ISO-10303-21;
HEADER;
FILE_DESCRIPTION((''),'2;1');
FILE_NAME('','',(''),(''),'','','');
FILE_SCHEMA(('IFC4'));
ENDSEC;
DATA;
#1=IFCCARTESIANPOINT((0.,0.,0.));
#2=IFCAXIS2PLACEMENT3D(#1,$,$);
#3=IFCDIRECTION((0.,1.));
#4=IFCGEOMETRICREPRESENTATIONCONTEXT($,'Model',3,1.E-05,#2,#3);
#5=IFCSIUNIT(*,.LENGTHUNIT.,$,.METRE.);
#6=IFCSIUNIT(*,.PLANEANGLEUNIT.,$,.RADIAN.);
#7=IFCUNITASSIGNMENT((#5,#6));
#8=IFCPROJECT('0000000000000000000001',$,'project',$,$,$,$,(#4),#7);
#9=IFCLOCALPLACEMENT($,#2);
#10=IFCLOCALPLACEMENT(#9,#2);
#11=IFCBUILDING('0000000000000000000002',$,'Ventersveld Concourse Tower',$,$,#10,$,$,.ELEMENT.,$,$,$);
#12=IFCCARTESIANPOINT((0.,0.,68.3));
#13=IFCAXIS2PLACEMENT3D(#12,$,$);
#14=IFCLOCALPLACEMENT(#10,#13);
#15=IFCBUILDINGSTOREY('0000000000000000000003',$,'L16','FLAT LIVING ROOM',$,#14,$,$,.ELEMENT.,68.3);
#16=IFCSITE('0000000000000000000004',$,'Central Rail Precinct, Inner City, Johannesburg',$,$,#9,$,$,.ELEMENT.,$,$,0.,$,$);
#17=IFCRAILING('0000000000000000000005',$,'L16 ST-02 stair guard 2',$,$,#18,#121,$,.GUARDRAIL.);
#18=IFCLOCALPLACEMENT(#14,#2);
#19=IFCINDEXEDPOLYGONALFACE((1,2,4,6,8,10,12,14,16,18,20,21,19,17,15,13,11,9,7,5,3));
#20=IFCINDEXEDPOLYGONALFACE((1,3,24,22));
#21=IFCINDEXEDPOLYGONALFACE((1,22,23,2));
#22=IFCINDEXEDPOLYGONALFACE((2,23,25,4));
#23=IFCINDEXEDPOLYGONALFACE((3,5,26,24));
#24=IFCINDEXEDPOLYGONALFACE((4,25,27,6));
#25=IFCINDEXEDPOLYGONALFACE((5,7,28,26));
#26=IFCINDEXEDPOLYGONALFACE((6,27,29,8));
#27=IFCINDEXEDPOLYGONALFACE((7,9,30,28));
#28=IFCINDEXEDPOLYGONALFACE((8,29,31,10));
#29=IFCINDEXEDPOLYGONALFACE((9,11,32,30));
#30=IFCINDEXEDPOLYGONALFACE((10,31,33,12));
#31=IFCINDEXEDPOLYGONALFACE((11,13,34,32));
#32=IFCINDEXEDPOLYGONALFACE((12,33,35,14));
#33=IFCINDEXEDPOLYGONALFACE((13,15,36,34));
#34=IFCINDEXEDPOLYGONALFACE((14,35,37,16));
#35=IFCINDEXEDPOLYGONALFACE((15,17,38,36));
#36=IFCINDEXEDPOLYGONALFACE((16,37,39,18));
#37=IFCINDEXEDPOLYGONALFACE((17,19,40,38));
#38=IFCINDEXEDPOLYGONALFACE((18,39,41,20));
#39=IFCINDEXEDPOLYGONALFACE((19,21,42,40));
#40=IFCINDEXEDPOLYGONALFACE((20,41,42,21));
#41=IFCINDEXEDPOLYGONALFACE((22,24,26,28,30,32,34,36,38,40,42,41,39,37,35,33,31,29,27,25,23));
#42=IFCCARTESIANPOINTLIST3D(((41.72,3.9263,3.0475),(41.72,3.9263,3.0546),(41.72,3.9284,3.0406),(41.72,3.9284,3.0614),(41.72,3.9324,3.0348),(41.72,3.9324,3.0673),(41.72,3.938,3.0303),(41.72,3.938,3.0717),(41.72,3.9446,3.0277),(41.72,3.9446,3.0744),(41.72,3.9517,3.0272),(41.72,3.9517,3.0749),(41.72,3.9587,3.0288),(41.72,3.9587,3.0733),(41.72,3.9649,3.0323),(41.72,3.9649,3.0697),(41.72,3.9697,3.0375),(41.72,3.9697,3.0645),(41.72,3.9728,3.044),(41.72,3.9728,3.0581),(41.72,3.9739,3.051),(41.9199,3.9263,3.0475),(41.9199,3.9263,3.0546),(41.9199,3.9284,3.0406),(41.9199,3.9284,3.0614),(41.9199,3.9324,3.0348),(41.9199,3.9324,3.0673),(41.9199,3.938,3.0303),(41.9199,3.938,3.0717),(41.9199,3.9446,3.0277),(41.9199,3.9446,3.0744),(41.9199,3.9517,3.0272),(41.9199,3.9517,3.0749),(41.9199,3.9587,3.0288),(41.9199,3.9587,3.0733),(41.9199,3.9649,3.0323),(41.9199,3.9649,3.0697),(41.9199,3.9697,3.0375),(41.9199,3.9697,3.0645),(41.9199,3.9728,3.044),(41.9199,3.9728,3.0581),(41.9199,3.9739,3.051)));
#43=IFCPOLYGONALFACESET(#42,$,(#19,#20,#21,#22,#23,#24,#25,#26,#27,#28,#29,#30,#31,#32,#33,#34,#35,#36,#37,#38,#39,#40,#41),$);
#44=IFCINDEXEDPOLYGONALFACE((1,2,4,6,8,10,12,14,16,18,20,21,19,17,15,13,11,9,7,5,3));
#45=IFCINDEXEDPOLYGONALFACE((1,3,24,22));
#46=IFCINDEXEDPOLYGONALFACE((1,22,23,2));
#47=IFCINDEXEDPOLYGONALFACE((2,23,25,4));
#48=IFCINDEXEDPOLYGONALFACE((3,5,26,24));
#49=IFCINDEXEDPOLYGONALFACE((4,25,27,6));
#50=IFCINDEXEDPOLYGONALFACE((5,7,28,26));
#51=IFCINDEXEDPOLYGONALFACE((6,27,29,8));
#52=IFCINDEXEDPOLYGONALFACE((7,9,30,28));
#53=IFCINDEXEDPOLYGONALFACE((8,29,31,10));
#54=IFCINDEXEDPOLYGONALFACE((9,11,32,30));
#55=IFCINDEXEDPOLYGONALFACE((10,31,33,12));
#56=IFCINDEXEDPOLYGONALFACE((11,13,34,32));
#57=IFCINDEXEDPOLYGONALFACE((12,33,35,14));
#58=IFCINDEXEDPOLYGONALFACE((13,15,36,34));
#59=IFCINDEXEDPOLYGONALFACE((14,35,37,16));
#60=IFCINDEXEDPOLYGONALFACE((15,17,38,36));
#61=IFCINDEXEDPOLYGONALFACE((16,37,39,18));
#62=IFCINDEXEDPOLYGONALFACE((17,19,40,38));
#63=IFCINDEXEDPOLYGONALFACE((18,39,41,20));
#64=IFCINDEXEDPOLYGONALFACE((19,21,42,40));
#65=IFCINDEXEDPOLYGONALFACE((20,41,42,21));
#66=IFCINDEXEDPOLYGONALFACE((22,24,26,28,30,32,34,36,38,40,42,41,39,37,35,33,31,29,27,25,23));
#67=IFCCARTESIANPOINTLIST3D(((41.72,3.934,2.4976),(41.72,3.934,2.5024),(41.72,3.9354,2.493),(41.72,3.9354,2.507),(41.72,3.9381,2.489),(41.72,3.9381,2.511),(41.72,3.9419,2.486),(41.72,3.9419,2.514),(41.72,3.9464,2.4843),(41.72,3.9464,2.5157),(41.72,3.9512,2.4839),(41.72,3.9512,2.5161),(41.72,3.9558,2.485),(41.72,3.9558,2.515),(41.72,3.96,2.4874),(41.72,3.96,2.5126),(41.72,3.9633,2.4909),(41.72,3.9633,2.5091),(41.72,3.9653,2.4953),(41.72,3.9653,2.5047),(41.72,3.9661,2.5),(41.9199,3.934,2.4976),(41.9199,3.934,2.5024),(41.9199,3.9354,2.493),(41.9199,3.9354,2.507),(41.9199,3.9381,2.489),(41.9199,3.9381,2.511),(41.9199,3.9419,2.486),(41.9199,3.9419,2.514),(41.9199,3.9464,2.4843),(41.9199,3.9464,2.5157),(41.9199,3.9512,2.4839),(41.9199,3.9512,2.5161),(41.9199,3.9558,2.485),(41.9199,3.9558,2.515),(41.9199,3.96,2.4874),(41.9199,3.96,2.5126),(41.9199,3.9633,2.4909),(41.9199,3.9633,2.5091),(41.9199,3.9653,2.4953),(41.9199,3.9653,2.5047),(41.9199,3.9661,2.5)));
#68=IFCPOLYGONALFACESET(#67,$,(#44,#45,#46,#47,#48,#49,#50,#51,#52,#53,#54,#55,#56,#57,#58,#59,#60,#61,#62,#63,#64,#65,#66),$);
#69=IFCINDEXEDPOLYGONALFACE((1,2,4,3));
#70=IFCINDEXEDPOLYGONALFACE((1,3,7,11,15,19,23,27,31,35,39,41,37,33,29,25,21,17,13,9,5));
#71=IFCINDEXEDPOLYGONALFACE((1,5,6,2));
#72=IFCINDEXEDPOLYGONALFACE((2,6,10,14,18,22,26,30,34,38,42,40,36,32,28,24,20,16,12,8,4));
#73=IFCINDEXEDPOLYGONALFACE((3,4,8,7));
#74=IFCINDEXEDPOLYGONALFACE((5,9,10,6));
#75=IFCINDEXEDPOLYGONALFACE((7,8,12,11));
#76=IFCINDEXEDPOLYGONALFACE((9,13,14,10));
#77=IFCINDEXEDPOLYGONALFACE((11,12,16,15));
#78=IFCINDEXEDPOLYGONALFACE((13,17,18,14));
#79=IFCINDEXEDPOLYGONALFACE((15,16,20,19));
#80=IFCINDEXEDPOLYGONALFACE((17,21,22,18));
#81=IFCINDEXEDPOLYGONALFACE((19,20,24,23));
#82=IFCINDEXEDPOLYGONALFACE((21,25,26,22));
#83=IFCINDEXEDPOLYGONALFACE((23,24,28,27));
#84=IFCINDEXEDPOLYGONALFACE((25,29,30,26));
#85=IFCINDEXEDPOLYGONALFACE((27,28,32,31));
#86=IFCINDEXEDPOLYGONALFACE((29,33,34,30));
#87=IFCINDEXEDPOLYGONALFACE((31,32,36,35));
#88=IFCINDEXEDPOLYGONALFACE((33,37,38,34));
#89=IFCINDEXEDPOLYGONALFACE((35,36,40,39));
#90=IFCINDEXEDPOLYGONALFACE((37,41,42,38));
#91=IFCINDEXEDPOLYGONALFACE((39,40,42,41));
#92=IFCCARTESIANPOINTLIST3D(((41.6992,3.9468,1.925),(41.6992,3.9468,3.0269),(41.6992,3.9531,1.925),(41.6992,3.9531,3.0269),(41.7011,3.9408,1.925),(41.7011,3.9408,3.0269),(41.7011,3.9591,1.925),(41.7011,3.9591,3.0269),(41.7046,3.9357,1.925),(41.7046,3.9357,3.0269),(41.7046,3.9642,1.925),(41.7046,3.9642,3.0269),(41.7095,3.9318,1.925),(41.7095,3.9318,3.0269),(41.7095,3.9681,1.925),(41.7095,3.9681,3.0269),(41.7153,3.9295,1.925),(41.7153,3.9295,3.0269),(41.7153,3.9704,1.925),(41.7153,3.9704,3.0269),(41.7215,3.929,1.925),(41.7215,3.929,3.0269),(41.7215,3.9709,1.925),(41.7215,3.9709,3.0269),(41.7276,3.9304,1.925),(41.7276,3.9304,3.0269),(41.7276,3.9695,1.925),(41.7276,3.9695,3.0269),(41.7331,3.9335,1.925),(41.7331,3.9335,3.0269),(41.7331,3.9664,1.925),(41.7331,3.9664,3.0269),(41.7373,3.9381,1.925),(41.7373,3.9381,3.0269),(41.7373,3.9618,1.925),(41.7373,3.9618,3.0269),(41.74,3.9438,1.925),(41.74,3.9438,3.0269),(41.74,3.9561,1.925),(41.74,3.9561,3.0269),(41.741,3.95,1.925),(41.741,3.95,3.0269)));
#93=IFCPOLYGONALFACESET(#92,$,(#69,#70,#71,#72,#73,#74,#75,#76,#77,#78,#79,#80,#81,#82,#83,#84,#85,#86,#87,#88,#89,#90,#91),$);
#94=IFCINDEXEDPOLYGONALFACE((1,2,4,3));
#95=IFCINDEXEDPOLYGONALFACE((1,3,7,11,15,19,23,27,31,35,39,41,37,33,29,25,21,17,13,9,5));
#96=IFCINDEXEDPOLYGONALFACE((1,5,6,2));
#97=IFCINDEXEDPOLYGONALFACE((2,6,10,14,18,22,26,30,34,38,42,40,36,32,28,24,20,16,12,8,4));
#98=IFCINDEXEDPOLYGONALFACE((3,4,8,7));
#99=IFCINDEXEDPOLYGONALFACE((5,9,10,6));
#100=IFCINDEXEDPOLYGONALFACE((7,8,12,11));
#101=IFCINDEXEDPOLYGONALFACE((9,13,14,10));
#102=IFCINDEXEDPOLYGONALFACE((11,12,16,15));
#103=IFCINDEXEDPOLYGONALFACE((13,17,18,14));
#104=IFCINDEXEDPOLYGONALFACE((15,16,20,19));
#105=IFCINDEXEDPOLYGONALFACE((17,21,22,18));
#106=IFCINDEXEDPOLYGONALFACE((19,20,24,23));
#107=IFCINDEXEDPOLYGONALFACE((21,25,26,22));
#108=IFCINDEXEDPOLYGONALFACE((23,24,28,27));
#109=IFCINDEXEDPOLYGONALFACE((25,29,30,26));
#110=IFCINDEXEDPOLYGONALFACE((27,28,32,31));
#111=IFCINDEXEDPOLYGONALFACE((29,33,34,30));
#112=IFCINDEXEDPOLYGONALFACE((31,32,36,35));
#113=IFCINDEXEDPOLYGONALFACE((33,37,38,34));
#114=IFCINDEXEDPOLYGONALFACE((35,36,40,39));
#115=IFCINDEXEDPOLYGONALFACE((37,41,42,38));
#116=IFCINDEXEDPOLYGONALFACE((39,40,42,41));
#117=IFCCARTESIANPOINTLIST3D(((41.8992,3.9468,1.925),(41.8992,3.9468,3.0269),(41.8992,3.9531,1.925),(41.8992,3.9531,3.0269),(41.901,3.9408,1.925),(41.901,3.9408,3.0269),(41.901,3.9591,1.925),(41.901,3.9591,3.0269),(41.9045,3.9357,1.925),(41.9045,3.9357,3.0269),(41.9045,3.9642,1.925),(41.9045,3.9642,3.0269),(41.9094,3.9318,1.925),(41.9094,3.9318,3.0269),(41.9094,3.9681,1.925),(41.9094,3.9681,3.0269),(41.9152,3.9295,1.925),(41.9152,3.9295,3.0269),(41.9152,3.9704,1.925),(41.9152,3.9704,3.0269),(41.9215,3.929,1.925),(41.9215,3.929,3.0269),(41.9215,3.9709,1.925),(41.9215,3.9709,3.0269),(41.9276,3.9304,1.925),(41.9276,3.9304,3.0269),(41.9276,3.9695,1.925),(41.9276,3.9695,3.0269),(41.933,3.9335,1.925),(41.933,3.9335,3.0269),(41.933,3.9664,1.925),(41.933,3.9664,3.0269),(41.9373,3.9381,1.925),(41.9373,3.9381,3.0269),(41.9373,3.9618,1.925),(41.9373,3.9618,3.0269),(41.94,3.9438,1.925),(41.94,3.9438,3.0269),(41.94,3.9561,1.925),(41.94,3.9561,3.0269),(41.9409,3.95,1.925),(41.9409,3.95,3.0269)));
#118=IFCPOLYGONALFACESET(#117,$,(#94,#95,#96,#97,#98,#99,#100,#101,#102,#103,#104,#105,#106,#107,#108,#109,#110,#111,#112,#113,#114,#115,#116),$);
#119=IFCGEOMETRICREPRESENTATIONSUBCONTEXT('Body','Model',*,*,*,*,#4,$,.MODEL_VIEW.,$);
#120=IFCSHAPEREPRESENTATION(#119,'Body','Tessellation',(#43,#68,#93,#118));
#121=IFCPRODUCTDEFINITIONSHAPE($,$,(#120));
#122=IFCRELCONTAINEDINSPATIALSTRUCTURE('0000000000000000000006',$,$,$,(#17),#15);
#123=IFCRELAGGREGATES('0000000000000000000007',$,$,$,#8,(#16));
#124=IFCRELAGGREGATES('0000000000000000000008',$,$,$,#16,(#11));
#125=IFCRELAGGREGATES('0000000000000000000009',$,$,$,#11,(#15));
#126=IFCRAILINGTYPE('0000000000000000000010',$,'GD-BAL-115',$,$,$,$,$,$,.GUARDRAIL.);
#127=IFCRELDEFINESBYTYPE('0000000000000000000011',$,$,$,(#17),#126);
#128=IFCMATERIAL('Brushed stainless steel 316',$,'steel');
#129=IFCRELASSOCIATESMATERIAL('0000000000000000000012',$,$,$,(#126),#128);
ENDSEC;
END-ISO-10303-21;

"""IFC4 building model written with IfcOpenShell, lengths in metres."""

from ifc_helpers import new_model, si_unit, direction, frame, origin, origin_2d, place, context, subcontext, project, spatial, circle, extrude, material, type_object, element, save


model = new_model("IFC4")

# Units and contexts
model_context = context("Model", 3, precision=1e-05, world=origin(), true_north=direction((0.0, 1.0)))
body_context = subcontext(model_context, "Body", "Model", "MODEL_VIEW")
ifc_project = project(units=[si_unit("LENGTHUNIT", "METRE"), si_unit("PLANEANGLEUNIT", "RADIAN")], contexts=[model_context])

# Site, building, storey
site_placement = place(None, origin())
site = spatial("IfcSite", under=ifc_project, at=site_placement, Name="Central Rail Precinct, Inner City, Johannesburg", CompositionType="ELEMENT", RefElevation=0.0)
building_placement = place(site_placement, origin())
building = spatial("IfcBuilding", under=site, at=building_placement, Name="Ventersveld Concourse Tower", CompositionType="ELEMENT")
storey_placement = place(building_placement, frame((0.0, 0.0, 68.3)))
storey = spatial("IfcBuildingStorey", under=building, at=storey_placement, Name="L16", Description="FLAT LIVING ROOM", CompositionType="ELEMENT", Elevation=68.3)

# Shared definitions
ifc_material_1 = material(Name="Brushed stainless steel 316", Category="steel")

# Railing
railing_type_1 = type_object("IfcRailingType", Name="GD-BAL-115", PredefinedType="GUARDRAIL", material=ifc_material_1)
railing_1_placement = place(storey_placement, frame((41.72, 3.95, 1.925)))
element("IfcRailing", 1, at=railing_1_placement, inside=storey, type_object=railing_type_1, Name="L16 ST-02 stair guard 2", PredefinedType="GUARDRAIL", context=body_context, shape_type="SweptSolid", body=[
    extrude(circle(Radius=0.0239, at=origin_2d()), frame((0.0, 0.0, 1.126), z_axis=(1.0, 0.0, 0.0), x_axis=(0.0, 1.0, 0.0)), (0.0, 0.0, 1.0), 0.2),
    extrude(circle(Radius=0.0161, at=origin_2d()), frame((0.0, 0.0, 0.575), z_axis=(1.0, 0.0, 0.0), x_axis=(0.0, 1.0, 0.0)), (0.0, 0.0, 1.0), 0.2),
    extrude(circle(Radius=0.021, at=origin_2d()), origin(), (0.0, 0.0, 1.0), 1.1018),
    extrude(circle(Radius=0.021, at=origin_2d()), frame((0.2, 0.0, 0.0)), (0.0, 0.0, 1.0), 1.1018),
])

save(model, "model.ifc")
